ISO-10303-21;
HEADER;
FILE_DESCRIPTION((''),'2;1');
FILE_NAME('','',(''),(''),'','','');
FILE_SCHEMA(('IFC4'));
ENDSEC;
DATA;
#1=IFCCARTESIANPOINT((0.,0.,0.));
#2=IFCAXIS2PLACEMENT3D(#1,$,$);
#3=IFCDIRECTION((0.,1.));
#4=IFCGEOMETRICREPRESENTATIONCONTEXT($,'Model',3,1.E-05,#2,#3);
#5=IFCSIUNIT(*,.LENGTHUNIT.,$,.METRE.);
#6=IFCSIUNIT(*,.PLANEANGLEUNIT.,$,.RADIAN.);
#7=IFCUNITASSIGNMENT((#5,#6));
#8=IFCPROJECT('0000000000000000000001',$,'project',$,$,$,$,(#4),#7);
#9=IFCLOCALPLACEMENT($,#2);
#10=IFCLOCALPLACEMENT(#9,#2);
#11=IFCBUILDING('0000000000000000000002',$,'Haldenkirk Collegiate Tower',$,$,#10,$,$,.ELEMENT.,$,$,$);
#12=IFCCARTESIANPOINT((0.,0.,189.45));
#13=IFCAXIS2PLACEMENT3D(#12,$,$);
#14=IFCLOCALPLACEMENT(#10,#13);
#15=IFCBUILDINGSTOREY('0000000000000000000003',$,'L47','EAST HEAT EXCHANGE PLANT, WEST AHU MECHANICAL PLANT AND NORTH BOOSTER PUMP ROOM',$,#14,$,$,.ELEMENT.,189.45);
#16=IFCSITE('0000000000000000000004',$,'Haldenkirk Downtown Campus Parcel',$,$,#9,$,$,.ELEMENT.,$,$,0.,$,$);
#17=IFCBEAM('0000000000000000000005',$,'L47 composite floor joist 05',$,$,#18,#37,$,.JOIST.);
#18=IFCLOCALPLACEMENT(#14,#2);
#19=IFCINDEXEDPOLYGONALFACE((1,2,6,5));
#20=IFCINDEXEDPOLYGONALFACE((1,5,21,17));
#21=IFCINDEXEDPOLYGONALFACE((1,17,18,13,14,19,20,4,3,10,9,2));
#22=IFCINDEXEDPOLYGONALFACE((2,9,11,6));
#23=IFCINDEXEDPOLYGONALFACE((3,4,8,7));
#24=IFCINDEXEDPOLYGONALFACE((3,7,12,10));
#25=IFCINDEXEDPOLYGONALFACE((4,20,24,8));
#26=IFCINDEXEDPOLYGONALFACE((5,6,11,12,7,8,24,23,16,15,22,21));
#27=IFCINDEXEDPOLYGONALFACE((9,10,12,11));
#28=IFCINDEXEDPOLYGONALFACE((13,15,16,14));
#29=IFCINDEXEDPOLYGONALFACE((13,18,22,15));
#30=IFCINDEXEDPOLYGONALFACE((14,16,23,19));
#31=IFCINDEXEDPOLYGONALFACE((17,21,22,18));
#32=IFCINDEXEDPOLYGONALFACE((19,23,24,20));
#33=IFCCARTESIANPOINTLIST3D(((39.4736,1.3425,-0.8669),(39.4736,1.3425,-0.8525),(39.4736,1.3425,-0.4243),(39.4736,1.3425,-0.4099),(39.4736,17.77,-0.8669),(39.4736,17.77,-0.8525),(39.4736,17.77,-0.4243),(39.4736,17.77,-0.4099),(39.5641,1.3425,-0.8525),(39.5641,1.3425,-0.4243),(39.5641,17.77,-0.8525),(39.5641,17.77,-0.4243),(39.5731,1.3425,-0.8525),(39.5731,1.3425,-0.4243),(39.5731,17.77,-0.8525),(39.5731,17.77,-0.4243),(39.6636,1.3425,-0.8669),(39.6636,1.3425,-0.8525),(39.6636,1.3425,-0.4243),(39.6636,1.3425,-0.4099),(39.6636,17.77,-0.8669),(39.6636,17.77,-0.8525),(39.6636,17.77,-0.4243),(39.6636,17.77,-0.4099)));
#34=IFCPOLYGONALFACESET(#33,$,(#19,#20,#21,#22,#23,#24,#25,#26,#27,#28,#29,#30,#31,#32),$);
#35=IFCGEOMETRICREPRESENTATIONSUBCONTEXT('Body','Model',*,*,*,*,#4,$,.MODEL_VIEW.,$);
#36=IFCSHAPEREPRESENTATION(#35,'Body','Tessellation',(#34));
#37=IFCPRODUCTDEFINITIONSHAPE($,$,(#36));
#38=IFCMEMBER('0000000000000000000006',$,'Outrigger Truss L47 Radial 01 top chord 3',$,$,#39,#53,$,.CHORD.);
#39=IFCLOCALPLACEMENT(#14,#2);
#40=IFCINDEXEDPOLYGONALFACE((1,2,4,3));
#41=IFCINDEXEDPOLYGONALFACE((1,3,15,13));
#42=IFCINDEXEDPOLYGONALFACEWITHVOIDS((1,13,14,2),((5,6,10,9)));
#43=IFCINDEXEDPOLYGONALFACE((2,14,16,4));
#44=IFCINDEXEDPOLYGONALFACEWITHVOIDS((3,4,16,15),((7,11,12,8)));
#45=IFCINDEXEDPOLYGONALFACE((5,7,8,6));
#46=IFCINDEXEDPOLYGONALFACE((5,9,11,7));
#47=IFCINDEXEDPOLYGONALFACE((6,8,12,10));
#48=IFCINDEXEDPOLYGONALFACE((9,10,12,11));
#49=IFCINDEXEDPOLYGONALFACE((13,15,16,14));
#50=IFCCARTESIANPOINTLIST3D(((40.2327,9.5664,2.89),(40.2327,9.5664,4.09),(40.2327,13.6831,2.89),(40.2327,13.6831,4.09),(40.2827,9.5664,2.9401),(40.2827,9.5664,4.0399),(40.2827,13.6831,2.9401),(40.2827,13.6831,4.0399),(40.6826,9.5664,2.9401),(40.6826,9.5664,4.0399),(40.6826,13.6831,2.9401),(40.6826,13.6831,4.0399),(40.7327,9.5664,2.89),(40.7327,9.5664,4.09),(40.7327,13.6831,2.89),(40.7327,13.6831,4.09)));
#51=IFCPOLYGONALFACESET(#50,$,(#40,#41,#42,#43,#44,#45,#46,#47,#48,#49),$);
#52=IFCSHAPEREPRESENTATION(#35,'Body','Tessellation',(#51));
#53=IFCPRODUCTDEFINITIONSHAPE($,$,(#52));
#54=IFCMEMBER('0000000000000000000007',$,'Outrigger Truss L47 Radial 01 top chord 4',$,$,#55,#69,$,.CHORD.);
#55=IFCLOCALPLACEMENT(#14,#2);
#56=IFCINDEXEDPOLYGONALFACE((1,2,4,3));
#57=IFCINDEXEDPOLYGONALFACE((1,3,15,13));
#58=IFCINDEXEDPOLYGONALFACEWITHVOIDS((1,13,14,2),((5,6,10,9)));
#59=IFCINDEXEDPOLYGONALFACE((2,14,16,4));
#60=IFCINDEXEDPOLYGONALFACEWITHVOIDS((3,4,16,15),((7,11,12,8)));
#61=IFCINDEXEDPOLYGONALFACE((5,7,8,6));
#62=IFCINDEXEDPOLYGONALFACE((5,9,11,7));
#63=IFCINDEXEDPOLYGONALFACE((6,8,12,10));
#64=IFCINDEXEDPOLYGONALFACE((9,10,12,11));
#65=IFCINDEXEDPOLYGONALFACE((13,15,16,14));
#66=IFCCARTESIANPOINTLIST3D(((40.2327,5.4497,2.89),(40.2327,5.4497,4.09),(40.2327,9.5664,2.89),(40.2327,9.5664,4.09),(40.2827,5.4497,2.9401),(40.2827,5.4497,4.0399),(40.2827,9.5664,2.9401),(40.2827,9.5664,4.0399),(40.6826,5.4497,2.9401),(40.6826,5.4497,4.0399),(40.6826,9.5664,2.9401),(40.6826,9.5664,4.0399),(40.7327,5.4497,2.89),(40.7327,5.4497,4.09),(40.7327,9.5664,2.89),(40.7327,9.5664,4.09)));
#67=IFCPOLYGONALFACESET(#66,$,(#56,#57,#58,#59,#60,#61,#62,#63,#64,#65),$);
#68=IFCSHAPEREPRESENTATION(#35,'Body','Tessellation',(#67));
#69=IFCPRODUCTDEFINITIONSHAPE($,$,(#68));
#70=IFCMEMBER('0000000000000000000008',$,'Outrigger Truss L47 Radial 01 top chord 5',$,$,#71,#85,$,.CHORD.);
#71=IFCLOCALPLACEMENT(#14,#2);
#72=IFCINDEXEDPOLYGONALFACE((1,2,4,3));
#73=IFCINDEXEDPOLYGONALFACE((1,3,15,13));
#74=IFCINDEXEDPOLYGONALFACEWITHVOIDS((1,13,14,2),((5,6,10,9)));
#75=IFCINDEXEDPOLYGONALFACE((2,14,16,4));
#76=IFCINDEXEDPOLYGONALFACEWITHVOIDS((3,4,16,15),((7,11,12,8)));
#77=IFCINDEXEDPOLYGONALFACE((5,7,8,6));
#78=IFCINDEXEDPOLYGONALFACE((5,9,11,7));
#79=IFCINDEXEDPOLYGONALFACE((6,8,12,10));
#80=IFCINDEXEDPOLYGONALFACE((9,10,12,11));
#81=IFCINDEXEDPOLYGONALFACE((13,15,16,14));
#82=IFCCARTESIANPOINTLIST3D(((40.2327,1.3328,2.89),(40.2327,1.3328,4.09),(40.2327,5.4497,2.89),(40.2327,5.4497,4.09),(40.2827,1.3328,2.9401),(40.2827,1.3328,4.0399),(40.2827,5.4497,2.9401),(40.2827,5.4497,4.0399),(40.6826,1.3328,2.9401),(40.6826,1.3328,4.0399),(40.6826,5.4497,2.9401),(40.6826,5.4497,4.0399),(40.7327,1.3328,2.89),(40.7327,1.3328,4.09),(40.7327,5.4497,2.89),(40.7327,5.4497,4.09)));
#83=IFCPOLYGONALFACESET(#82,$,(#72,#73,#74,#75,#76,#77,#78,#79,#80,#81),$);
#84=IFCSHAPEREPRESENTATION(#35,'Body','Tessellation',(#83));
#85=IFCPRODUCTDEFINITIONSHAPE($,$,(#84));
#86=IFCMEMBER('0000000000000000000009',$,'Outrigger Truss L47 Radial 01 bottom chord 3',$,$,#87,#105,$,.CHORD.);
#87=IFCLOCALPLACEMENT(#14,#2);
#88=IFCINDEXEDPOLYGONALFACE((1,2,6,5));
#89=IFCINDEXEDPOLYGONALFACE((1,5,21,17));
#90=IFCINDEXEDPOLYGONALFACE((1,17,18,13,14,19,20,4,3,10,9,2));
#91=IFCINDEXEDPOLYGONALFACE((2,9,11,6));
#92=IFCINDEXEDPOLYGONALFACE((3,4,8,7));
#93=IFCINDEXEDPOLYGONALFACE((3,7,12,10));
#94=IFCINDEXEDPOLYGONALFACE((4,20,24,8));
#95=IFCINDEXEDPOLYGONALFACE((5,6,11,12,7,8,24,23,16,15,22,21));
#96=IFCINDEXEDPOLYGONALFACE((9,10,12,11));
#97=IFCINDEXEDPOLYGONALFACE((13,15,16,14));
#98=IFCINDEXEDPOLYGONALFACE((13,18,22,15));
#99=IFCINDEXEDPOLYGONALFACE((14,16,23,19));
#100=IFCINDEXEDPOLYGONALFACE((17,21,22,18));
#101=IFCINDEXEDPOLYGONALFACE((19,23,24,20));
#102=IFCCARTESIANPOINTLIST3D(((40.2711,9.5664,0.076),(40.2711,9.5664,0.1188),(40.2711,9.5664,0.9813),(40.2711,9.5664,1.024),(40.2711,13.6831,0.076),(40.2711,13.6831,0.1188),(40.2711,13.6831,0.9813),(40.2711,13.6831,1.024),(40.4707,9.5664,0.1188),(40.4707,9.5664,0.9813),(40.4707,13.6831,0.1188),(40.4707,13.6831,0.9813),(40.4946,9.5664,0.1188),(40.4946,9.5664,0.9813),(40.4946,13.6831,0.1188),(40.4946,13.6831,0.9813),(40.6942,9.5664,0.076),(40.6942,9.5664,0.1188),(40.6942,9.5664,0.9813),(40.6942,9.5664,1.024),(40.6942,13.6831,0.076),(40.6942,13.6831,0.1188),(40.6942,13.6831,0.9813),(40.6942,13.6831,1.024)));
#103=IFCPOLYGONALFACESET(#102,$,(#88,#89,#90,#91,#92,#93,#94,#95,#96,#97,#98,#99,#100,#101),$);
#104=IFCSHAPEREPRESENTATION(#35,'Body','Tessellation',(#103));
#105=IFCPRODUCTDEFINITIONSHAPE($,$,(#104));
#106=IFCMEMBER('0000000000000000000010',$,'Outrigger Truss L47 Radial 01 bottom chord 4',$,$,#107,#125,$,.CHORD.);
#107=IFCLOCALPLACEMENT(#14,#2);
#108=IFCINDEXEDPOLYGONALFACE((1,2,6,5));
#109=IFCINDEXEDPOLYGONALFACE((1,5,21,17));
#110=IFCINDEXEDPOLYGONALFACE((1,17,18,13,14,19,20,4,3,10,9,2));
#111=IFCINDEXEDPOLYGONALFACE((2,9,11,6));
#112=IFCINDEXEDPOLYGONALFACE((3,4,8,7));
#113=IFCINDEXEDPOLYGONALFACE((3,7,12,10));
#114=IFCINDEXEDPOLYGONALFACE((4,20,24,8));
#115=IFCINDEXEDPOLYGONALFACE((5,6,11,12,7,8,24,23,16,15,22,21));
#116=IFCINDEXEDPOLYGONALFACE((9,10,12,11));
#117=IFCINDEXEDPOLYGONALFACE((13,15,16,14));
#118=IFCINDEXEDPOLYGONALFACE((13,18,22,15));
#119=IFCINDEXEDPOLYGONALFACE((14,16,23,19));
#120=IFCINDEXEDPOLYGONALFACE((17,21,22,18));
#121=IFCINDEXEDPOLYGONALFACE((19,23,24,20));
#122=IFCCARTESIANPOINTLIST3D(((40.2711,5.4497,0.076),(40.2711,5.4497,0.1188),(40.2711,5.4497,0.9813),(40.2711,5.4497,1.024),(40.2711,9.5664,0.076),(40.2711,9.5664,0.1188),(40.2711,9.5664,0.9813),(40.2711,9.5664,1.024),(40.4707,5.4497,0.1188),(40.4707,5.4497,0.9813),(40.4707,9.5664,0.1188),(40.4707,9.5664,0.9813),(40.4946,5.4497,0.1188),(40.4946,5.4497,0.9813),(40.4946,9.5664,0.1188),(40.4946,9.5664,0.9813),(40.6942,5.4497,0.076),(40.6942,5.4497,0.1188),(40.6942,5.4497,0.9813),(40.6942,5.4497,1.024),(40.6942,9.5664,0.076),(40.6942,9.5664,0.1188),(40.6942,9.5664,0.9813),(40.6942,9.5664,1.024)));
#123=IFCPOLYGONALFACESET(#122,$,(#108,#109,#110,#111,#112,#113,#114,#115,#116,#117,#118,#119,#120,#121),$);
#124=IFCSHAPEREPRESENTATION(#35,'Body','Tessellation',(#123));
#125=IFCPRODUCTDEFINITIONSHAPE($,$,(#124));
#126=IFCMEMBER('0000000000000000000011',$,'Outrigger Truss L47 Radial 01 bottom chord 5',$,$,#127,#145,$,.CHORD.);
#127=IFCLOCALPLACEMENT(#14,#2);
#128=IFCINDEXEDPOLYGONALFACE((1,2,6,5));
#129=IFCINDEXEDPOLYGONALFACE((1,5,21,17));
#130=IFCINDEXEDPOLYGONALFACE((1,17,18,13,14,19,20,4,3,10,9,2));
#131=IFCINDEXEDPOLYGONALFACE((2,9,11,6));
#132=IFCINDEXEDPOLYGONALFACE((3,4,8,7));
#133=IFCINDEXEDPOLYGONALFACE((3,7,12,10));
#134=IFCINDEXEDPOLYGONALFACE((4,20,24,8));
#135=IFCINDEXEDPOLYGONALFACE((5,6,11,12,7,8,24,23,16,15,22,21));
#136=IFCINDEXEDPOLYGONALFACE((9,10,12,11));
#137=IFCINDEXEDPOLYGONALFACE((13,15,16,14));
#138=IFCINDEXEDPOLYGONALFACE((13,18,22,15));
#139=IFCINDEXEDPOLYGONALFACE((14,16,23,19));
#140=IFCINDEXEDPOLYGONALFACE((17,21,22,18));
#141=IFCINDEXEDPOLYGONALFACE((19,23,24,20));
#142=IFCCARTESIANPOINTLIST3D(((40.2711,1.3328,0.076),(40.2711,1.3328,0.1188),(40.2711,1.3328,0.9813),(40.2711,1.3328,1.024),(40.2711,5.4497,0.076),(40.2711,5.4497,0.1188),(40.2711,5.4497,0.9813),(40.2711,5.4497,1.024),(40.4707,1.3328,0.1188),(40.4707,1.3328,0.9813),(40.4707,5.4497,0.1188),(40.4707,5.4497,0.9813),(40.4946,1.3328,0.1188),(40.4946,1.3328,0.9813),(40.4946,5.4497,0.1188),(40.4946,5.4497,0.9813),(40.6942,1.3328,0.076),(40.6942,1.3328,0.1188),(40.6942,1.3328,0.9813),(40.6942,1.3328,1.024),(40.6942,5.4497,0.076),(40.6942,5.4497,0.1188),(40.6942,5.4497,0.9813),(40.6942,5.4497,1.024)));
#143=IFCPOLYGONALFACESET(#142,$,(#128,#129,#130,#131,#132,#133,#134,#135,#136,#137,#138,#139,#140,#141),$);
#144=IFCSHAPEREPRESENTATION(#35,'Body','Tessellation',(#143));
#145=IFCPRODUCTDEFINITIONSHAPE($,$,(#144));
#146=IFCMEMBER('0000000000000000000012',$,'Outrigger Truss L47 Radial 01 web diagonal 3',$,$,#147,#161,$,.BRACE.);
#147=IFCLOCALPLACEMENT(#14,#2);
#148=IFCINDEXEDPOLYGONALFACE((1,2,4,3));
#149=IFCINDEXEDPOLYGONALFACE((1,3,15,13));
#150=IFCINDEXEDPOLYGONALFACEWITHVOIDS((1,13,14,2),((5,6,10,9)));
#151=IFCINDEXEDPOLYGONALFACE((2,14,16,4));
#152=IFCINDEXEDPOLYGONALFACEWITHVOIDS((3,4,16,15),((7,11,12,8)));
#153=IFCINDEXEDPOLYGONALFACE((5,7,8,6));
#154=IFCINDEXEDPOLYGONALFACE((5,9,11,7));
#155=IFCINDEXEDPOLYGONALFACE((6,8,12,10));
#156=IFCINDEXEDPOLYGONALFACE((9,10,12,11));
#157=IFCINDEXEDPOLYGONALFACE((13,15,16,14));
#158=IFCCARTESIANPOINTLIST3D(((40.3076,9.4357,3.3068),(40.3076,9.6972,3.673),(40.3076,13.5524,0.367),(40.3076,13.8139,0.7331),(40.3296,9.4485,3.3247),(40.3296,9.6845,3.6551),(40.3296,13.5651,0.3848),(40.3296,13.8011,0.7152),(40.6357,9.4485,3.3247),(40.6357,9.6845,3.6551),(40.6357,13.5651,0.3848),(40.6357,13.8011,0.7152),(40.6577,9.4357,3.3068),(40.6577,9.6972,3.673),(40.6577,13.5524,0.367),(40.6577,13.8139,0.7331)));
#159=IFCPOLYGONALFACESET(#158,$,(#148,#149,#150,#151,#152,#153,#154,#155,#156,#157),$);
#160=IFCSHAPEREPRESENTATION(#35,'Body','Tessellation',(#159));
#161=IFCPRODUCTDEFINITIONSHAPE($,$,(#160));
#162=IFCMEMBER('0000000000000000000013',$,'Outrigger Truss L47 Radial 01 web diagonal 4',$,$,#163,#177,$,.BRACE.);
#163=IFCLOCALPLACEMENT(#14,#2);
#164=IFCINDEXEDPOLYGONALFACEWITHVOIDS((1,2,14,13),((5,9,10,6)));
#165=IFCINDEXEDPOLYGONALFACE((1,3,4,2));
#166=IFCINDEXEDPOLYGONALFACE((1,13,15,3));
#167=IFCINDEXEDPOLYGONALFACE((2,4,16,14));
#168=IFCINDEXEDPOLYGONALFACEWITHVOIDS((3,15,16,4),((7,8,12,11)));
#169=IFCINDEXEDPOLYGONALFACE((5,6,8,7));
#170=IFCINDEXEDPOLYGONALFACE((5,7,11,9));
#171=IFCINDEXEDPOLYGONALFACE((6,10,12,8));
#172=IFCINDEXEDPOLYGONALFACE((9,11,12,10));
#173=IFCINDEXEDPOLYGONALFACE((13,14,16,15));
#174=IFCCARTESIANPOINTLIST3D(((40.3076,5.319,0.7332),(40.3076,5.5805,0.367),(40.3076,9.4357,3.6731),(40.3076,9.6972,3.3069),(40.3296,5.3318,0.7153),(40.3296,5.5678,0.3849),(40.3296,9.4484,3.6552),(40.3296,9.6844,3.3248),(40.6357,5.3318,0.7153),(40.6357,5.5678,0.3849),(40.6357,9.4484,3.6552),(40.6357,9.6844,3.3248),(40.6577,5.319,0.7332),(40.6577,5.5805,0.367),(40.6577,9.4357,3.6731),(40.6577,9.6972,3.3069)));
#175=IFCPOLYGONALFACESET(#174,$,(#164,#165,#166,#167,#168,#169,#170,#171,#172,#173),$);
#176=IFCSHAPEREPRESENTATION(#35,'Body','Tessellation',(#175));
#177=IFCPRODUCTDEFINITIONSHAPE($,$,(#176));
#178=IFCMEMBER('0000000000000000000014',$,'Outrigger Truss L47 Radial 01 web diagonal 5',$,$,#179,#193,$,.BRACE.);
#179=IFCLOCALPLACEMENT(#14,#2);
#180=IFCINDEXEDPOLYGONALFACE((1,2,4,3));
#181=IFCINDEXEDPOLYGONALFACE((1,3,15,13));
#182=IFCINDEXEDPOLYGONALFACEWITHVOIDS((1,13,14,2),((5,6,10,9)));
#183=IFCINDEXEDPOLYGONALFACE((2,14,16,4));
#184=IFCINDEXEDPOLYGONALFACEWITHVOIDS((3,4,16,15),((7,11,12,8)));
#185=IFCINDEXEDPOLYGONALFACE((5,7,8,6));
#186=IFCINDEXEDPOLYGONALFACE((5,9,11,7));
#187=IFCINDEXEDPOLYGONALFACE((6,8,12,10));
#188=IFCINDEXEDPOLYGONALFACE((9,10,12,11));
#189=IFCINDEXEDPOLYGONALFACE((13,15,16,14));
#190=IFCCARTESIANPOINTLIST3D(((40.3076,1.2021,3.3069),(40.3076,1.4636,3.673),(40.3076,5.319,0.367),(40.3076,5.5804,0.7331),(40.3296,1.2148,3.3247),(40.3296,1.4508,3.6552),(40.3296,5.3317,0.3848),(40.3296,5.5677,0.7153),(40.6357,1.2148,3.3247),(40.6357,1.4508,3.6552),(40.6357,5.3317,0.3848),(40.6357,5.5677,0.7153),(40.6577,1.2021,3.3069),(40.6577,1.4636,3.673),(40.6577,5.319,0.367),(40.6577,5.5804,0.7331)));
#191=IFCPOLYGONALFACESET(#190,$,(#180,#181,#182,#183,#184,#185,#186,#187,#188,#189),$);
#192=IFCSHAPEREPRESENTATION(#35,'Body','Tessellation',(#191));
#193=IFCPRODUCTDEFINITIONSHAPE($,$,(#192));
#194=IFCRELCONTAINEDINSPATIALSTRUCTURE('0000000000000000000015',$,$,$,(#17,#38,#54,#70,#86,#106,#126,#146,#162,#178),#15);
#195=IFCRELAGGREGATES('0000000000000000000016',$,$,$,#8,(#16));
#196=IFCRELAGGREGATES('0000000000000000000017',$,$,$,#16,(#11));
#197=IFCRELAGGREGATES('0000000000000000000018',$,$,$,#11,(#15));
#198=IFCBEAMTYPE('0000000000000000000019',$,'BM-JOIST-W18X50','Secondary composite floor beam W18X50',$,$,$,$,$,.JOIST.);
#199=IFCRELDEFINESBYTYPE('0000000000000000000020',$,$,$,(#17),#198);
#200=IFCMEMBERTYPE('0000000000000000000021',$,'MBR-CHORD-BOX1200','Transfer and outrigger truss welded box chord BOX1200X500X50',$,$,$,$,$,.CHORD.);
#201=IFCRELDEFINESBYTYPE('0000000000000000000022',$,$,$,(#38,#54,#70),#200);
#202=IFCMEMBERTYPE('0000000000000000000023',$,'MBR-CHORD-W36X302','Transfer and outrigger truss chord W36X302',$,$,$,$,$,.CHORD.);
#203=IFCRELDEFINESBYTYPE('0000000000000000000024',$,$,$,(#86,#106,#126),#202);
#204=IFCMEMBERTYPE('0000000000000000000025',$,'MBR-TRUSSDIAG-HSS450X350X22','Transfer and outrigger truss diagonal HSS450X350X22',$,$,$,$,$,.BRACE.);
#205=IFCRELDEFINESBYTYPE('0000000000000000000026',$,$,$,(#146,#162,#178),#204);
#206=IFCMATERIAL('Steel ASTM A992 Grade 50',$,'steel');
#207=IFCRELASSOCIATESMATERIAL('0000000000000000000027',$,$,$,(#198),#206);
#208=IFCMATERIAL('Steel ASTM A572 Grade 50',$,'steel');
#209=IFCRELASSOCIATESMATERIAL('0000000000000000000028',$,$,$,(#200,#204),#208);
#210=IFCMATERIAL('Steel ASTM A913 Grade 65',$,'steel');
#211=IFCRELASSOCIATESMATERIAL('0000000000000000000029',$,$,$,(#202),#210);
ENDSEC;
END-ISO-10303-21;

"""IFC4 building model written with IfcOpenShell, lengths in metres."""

from ifc_helpers import new_model, si_unit, direction, frame, origin, origin_2d, place, context, subcontext, project, spatial, hollow_rectangle, i_section, extrude, material, material_profile, profile_set, type_object, element, save


model = new_model("IFC4")

# Units and contexts
model_context = context("Model", 3, precision=1e-05, world=origin(), true_north=direction((0.0, 1.0)))
body_context = subcontext(model_context, "Body", "Model", "MODEL_VIEW")
ifc_project = project(units=[si_unit("LENGTHUNIT", "METRE"), si_unit("PLANEANGLEUNIT", "RADIAN")], contexts=[model_context])

# Site, building, storey
site_placement = place(None, origin())
site = spatial("IfcSite", under=ifc_project, at=site_placement, Name="Haldenkirk Downtown Campus Parcel", CompositionType="ELEMENT", RefElevation=0.0)
building_placement = place(site_placement, origin())
building = spatial("IfcBuilding", under=site, at=building_placement, Name="Haldenkirk Collegiate Tower", CompositionType="ELEMENT")
storey_placement = place(building_placement, frame((0.0, 0.0, 189.45)))
storey = spatial("IfcBuildingStorey", under=building, at=storey_placement, Name="L47", Description="EAST HEAT EXCHANGE PLANT, WEST AHU MECHANICAL PLANT AND NORTH BOOSTER PUMP ROOM", CompositionType="ELEMENT", Elevation=189.45)

# Beam
ifc_material_1 = material(Name="Steel ASTM A992 Grade 50", Category="steel")
ifc_material_profile_1 = material_profile(ifc_material_1, i_section(OverallWidth=0.1899, OverallDepth=0.457, WebThickness=0.009, FlangeThickness=0.0144, at=origin_2d()), Name="W18X50")
ifc_profile_set_1 = profile_set([ifc_material_profile_1], Name="Steel ASTM A992 Grade 50")
beam_type = type_object("IfcBeamType", Name="BM-JOIST-W18X50", Description="Secondary composite floor beam W18X50", PredefinedType="JOIST", material=ifc_profile_set_1)
beam_placement = place(storey_placement, frame((39.5686, 1.3425, -0.6384), z_axis=(0.0, 1.0, 0.0), x_axis=(-1.0, 0.0, 0.0)))
element("IfcBeam", 1, at=beam_placement, inside=storey, type_object=beam_type, Name="L47 composite floor joist 05", PredefinedType="JOIST", context=body_context, shape_type="SweptSolid", body=[
    extrude(i_section(OverallWidth=0.1899, OverallDepth=0.457, WebThickness=0.009, FlangeThickness=0.0144, at=origin_2d()), origin(), (0.0, 0.0, 1.0), 16.4275),
])

# Members
ifc_material_2 = material(Name="Steel ASTM A572 Grade 50", Category="steel")
ifc_material_profile_2 = material_profile(ifc_material_2, hollow_rectangle(XDim=0.5, YDim=1.2, WallThickness=0.05, at=origin_2d()), Name="BOX1200X500X50")
ifc_profile_set_2 = profile_set([ifc_material_profile_2], Name="Steel ASTM A572 Grade 50")
member_type_1 = type_object("IfcMemberType", Name="MBR-CHORD-BOX1200", Description="Transfer and outrigger truss welded box chord BOX1200X500X50", PredefinedType="CHORD", material=ifc_profile_set_2)
for number, where, z_axis, x_axis, name in (
    (2, (40.4827, 13.6831, 3.49), (0.0, -1.0, 0.0), (1.0, 0.0, 0.0), "Outrigger Truss L47 Radial 01 top chord 3"),
    (3, (40.4827, 9.5664, 3.49), (0.0, -1.0, 0.0), (1.0, 0.0, 0.0), "Outrigger Truss L47 Radial 01 top chord 4"),
):
    element("IfcMember", number, at=place(storey_placement, frame(where, z_axis=z_axis, x_axis=x_axis)), inside=storey, type_object=member_type_1, Name=name, PredefinedType="CHORD", context=body_context, shape_type="SweptSolid", body=[
        extrude(hollow_rectangle(XDim=0.5, YDim=1.2, WallThickness=0.05, at=origin_2d()), origin(), (0.0, 0.0, 1.0), 4.1167),
    ])
member_1_placement = place(storey_placement, frame((40.4827, 5.4497, 3.49), z_axis=(0.0, -1.0, 0.0), x_axis=(1.0, 0.0, 0.0)))
element("IfcMember", 4, at=member_1_placement, inside=storey, type_object=member_type_1, Name="Outrigger Truss L47 Radial 01 top chord 5", PredefinedType="CHORD", context=body_context, shape_type="SweptSolid", body=[
    extrude(hollow_rectangle(XDim=0.5, YDim=1.2, WallThickness=0.05, at=origin_2d()), origin(), (0.0, 0.0, 1.0), 4.1169),
])
ifc_material_3 = material(Name="Steel ASTM A913 Grade 65", Category="steel")
ifc_material_profile_3 = material_profile(ifc_material_3, i_section(OverallWidth=0.4231, OverallDepth=0.948, WebThickness=0.0239, FlangeThickness=0.0427, at=origin_2d()), Name="W36X302")
ifc_profile_set_3 = profile_set([ifc_material_profile_3], Name="Steel ASTM A913 Grade 65")
member_type_2 = type_object("IfcMemberType", Name="MBR-CHORD-W36X302", Description="Transfer and outrigger truss chord W36X302", PredefinedType="CHORD", material=ifc_profile_set_3)
for number, where, z_axis, x_axis, name in (
    (5, (40.4827, 13.6831, 0.55), (0.0, -1.0, 0.0), (1.0, 0.0, 0.0), "Outrigger Truss L47 Radial 01 bottom chord 3"),
    (6, (40.4827, 9.5664, 0.55), (0.0, -1.0, 0.0), (1.0, 0.0, 0.0), "Outrigger Truss L47 Radial 01 bottom chord 4"),
):
    element("IfcMember", number, at=place(storey_placement, frame(where, z_axis=z_axis, x_axis=x_axis)), inside=storey, type_object=member_type_2, Name=name, PredefinedType="CHORD", context=body_context, shape_type="SweptSolid", body=[
        extrude(i_section(OverallWidth=0.4231, OverallDepth=0.948, WebThickness=0.0239, FlangeThickness=0.0427, at=origin_2d()), origin(), (0.0, 0.0, 1.0), 4.1167),
    ])
member_2_placement = place(storey_placement, frame((40.4827, 5.4497, 0.55), z_axis=(0.0, -1.0, 0.0), x_axis=(1.0, 0.0, 0.0)))
element("IfcMember", 7, at=member_2_placement, inside=storey, type_object=member_type_2, Name="Outrigger Truss L47 Radial 01 bottom chord 5", PredefinedType="CHORD", context=body_context, shape_type="SweptSolid", body=[
    extrude(i_section(OverallWidth=0.4231, OverallDepth=0.948, WebThickness=0.0239, FlangeThickness=0.0427, at=origin_2d()), origin(), (0.0, 0.0, 1.0), 4.1169),
])
ifc_material_profile_4 = material_profile(ifc_material_2, hollow_rectangle(XDim=0.3501, YDim=0.45, WallThickness=0.022, at=origin_2d()), Name="HSS450X350X22")
ifc_profile_set_4 = profile_set([ifc_material_profile_4], Name="Steel ASTM A572 Grade 50")
member_type_3 = type_object("IfcMemberType", Name="MBR-TRUSSDIAG-HSS450X350X22", Description="Transfer and outrigger truss diagonal HSS450X350X22", PredefinedType="BRACE", material=ifc_profile_set_4)
for number, where, z_axis, x_axis, name in (
    (8, (40.4827, 13.6831, 0.55), (0.0, -0.813786, 0.581165), (1.0, 0.0, 0.0), "Outrigger Truss L47 Radial 01 web diagonal 3"),
    (9, (40.4827, 9.5664, 3.49), (0.0, -0.813786, -0.581165), (1.0, 0.0, 0.0), "Outrigger Truss L47 Radial 01 web diagonal 4"),
):
    element("IfcMember", number, at=place(storey_placement, frame(where, z_axis=z_axis, x_axis=x_axis)), inside=storey, type_object=member_type_3, Name=name, PredefinedType="BRACE", context=body_context, shape_type="SweptSolid", body=[
        extrude(hollow_rectangle(XDim=0.3501, YDim=0.45, WallThickness=0.022, at=origin_2d()), origin(), (0.0, 0.0, 1.0), 5.0586),
    ])
member_3_placement = place(storey_placement, frame((40.4827, 5.4497, 0.55), z_axis=(0.0, -0.813802, 0.581142), x_axis=(1.0, 0.0, 0.0)))
element("IfcMember", 10, at=member_3_placement, inside=storey, type_object=member_type_3, Name="Outrigger Truss L47 Radial 01 web diagonal 5", PredefinedType="BRACE", context=body_context, shape_type="SweptSolid", body=[
    extrude(hollow_rectangle(XDim=0.3501, YDim=0.45, WallThickness=0.022, at=origin_2d()), origin(), (0.0, 0.0, 1.0), 5.0588),
])

save(model, "model.ifc")
